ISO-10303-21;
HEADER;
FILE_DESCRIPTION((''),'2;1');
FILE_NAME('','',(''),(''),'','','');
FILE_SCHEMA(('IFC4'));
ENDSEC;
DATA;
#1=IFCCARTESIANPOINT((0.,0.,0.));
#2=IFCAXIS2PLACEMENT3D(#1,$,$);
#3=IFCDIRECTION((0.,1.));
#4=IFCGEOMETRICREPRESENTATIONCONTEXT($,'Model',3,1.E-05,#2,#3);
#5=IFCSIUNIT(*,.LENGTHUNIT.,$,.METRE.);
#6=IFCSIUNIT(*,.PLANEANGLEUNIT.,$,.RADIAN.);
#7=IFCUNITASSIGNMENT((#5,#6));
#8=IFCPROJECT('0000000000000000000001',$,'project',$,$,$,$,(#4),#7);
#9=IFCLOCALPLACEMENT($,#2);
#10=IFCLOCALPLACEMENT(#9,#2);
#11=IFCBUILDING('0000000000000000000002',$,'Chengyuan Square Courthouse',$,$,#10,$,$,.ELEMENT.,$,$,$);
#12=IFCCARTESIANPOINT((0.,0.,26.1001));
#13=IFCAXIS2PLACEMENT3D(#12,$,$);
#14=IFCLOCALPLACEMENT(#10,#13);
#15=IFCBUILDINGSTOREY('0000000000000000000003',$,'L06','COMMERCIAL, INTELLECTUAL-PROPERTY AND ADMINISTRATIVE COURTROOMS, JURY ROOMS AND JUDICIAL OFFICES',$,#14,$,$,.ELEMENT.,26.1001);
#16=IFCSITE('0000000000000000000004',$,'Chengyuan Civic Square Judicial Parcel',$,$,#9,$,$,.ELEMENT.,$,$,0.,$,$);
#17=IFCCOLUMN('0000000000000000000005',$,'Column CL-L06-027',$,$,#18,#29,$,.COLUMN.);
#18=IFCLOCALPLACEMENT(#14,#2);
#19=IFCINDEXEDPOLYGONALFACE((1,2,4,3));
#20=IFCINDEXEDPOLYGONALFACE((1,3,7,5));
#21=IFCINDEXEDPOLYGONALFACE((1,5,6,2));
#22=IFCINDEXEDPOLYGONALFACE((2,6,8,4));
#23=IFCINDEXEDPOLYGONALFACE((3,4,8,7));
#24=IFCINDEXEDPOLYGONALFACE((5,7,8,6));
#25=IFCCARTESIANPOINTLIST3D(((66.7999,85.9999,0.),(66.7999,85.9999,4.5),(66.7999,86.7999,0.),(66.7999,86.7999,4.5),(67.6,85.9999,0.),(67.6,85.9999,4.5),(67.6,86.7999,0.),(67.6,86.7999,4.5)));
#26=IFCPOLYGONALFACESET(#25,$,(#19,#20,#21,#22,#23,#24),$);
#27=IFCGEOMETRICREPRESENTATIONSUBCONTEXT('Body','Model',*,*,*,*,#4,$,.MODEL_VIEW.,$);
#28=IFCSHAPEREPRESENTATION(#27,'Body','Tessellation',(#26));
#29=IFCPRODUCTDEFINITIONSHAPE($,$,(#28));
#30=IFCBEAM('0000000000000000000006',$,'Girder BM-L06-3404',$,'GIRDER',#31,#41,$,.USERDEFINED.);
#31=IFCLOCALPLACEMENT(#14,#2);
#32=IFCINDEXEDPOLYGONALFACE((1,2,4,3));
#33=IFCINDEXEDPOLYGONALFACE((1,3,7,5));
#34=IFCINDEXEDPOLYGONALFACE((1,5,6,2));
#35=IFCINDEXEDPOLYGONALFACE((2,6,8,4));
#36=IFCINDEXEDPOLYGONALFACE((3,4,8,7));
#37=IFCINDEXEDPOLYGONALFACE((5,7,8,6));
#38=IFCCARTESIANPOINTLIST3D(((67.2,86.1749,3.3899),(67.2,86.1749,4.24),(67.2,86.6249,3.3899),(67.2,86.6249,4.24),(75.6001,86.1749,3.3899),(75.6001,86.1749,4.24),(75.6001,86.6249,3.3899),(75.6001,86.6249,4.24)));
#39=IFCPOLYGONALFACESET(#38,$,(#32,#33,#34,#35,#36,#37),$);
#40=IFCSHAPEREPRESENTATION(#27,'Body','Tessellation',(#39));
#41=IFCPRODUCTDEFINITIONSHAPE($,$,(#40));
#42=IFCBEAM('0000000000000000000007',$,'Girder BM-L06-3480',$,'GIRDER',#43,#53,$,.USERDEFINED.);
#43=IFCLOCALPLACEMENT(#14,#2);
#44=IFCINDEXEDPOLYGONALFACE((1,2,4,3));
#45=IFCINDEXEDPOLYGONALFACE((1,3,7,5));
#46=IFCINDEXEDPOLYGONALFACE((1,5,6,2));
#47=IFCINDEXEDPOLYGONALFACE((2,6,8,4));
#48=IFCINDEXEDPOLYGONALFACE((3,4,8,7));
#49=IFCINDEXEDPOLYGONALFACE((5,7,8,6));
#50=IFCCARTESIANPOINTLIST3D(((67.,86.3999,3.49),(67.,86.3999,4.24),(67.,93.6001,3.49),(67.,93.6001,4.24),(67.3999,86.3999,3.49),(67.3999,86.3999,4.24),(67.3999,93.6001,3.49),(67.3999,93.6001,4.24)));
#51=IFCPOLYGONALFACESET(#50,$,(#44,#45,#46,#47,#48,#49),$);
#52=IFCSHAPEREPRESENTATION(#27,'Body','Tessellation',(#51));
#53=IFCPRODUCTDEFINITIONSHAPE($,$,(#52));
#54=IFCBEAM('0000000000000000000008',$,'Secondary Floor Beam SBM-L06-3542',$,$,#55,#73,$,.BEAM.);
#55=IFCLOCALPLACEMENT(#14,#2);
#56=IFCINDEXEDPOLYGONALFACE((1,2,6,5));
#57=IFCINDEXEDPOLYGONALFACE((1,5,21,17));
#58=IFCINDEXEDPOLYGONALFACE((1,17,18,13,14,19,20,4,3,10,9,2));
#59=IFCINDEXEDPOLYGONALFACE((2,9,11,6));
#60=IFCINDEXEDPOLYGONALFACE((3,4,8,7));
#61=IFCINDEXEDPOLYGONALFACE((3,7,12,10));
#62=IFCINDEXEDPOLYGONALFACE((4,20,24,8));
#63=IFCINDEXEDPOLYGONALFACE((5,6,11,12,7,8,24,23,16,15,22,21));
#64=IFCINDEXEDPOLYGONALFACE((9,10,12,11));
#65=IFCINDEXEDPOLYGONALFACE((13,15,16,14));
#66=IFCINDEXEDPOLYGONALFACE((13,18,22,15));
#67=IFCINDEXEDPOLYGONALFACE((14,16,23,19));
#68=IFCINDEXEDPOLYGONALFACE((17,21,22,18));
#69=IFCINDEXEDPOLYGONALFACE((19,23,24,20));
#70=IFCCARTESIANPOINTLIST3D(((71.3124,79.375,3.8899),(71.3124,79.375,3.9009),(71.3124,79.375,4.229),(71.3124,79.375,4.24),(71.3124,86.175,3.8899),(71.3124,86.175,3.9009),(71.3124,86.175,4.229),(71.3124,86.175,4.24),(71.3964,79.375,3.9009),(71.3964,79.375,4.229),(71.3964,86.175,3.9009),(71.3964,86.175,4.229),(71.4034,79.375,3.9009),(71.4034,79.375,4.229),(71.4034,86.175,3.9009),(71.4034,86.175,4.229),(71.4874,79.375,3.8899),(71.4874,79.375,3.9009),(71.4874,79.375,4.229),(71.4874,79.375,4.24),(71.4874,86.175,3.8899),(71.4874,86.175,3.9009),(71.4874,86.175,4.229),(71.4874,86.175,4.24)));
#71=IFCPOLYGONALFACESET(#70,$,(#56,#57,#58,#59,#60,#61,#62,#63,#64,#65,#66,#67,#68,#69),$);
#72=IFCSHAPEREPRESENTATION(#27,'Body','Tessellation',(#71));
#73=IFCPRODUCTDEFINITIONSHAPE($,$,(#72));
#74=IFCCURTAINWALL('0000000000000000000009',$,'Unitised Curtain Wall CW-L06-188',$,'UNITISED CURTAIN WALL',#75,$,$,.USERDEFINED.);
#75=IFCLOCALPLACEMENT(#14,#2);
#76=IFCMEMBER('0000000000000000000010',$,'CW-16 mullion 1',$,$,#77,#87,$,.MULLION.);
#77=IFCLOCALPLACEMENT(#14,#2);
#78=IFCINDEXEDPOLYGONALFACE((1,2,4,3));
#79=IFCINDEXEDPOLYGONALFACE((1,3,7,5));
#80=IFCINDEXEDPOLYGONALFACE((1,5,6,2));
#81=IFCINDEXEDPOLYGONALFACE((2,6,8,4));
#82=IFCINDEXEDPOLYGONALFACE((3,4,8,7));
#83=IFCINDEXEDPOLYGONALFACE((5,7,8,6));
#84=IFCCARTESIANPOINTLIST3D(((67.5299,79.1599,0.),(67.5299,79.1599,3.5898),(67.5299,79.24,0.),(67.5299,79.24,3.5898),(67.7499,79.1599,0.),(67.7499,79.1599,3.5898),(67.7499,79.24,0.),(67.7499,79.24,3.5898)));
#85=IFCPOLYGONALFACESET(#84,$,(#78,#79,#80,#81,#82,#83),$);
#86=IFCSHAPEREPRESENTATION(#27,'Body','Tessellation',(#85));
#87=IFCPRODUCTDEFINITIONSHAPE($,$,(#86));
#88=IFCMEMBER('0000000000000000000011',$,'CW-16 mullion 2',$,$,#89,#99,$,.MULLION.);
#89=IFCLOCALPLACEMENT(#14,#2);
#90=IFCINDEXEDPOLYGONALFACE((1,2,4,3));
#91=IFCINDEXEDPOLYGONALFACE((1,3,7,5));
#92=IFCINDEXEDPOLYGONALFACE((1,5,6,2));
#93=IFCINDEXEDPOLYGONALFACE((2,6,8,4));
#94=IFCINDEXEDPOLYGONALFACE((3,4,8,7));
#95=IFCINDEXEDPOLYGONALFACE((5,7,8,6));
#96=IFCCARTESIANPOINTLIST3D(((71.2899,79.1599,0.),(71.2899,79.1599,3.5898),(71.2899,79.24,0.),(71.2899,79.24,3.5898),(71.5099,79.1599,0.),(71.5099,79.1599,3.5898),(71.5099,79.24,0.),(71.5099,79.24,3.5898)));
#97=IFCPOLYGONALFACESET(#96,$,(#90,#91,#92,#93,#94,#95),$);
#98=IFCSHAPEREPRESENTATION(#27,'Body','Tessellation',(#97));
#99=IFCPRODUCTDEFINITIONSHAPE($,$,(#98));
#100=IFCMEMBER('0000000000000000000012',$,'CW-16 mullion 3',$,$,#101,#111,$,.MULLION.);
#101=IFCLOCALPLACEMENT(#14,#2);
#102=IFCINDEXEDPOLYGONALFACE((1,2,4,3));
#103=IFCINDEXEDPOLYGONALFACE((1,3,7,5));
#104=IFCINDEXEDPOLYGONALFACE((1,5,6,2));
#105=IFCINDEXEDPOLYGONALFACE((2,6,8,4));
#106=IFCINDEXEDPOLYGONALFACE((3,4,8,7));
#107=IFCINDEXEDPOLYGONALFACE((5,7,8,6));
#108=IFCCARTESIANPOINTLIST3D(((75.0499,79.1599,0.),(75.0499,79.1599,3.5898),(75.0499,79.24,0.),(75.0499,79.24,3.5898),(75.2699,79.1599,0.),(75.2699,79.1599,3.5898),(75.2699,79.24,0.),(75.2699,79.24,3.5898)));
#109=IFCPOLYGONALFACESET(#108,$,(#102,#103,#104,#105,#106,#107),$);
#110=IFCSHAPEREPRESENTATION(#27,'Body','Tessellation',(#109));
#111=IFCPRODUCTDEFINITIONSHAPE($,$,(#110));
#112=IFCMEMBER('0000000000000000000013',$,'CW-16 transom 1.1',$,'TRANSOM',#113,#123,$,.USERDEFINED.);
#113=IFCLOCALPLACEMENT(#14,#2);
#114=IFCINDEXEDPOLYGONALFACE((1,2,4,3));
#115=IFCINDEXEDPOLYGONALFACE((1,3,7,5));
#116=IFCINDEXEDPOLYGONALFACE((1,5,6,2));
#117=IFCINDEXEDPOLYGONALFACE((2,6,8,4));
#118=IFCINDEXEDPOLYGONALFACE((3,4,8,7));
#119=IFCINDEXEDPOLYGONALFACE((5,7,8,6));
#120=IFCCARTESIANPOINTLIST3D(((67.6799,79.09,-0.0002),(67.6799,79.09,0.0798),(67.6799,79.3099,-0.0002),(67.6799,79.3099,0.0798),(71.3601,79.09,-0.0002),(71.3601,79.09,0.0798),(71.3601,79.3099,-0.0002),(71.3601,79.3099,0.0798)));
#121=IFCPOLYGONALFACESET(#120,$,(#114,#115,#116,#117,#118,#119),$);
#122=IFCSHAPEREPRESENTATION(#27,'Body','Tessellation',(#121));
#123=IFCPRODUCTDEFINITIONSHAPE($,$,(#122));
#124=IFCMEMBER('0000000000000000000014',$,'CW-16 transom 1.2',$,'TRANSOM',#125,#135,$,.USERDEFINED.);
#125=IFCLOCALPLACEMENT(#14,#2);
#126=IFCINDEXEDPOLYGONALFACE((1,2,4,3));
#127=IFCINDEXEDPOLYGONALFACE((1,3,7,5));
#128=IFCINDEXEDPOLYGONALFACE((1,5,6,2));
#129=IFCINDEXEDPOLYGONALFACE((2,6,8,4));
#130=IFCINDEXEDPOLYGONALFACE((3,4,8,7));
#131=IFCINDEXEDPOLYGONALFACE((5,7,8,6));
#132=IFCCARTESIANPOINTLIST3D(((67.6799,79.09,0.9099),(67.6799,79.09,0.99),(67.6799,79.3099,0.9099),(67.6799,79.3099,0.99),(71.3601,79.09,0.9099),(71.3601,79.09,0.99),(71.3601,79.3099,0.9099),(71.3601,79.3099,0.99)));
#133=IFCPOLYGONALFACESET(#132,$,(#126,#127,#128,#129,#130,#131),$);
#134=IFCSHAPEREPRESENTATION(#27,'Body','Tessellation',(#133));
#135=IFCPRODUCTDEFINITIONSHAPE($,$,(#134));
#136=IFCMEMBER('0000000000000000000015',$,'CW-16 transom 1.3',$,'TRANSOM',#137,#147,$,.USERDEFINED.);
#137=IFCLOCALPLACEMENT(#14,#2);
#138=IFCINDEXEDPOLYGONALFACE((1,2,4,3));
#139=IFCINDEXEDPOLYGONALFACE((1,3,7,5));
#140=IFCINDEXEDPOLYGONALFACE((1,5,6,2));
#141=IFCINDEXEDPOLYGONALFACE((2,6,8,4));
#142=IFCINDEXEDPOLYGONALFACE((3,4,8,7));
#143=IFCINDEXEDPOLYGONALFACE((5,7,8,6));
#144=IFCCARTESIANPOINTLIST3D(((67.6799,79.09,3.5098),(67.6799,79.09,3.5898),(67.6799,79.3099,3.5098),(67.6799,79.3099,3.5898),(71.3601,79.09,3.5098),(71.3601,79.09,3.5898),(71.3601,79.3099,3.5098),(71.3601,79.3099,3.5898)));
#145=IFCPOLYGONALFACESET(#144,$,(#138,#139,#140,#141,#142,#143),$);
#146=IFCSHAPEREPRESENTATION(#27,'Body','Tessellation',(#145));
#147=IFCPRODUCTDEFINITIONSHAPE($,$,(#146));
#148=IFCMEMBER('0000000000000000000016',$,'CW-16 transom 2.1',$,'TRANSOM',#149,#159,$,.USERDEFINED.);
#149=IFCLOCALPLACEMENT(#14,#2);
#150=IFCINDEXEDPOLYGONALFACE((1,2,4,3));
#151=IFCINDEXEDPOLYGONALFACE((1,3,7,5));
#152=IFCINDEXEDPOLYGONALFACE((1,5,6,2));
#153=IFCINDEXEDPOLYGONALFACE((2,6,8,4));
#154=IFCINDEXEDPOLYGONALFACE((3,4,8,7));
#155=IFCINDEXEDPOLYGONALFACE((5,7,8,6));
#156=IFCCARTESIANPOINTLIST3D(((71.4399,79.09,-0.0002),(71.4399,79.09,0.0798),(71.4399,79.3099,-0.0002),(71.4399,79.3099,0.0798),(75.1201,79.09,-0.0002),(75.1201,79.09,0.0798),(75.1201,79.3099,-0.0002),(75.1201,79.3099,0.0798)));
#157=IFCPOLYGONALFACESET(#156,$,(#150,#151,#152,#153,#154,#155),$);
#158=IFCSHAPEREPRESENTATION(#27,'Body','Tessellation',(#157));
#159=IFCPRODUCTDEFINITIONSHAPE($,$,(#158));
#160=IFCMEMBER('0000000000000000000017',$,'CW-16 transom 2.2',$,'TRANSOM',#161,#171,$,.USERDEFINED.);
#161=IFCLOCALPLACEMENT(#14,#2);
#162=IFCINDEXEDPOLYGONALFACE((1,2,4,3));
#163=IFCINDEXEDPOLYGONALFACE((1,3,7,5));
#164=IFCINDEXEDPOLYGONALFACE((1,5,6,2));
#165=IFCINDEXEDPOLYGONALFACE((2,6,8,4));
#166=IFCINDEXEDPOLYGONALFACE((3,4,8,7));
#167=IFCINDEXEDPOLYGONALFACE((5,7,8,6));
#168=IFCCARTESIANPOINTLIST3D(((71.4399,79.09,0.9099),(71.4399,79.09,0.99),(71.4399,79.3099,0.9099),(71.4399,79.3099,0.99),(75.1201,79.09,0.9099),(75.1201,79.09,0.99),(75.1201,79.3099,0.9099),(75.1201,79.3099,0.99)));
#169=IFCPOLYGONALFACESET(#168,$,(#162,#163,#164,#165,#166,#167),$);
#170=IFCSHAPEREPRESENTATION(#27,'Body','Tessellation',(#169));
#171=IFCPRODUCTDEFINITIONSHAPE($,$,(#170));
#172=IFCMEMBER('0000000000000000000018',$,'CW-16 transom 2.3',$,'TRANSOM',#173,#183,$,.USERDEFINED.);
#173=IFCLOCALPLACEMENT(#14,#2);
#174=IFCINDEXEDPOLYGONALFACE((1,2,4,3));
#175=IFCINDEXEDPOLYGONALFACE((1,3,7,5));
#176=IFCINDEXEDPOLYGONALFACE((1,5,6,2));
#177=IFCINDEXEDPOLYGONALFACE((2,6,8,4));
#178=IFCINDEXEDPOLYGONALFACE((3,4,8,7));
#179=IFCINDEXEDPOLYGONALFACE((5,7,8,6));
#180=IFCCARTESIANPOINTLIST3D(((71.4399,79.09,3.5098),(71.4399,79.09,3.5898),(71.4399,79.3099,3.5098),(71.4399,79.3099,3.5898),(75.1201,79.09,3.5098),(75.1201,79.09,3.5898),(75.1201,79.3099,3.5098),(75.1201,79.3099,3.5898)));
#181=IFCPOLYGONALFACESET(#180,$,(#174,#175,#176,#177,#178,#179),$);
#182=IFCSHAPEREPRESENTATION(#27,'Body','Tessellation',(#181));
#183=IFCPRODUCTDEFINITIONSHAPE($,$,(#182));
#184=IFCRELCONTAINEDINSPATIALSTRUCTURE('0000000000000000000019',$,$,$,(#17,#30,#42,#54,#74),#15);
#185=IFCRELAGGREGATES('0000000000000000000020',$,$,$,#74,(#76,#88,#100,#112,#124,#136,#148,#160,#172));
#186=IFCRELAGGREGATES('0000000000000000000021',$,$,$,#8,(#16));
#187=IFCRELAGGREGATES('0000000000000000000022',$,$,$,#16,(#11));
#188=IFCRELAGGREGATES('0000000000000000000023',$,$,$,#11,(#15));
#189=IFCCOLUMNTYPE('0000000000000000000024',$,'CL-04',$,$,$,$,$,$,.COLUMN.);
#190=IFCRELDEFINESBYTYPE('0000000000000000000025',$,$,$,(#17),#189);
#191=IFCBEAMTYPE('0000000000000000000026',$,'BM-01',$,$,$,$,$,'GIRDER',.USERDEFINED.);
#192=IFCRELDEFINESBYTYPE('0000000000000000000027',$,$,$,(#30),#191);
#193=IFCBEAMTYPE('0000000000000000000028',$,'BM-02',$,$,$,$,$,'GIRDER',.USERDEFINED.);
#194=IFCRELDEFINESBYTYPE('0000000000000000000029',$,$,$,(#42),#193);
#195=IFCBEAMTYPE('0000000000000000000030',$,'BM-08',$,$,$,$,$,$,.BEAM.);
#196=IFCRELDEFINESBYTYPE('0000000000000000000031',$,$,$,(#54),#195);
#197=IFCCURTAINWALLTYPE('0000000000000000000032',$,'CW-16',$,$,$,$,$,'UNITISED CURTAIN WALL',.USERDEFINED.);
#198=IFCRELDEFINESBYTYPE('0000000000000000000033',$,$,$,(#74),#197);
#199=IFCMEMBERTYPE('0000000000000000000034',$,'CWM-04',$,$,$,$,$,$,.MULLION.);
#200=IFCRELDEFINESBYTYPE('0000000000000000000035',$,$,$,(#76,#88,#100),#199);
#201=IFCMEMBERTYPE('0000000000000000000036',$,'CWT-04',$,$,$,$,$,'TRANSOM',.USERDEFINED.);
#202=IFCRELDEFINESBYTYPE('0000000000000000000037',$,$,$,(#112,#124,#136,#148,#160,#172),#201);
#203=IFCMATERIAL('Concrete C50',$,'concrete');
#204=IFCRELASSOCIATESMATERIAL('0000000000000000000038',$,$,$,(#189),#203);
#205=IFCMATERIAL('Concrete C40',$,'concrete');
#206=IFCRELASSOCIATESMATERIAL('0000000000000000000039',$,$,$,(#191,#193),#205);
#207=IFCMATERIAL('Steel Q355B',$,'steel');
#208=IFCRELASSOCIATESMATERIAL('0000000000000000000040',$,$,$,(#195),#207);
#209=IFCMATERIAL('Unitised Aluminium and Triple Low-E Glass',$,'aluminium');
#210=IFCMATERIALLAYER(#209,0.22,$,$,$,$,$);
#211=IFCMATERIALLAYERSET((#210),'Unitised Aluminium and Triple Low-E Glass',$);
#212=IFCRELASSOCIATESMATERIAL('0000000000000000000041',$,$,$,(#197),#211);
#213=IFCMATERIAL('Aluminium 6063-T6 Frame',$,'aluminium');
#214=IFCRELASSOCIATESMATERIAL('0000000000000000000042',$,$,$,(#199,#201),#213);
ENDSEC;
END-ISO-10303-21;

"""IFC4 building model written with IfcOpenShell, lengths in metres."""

from ifc_helpers import new_model, si_unit, direction, frame, origin, origin_2d, place, context, subcontext, project, spatial, rectangle, i_section, extrude, material, layer, layer_set, material_profile, profile_set, type_object, element, aggregate, save


model = new_model("IFC4")

# Units and contexts
model_context = context("Model", 3, precision=1e-05, world=origin(), true_north=direction((0.0, 1.0)))
body_context = subcontext(model_context, "Body", "Model", "MODEL_VIEW")
ifc_project = project(units=[si_unit("LENGTHUNIT", "METRE"), si_unit("PLANEANGLEUNIT", "RADIAN")], contexts=[model_context])

# Site, building, storey
site_placement = place(None, origin())
site = spatial("IfcSite", under=ifc_project, at=site_placement, Name="Chengyuan Civic Square Judicial Parcel", CompositionType="ELEMENT", RefElevation=0.0)
building_placement = place(site_placement, origin())
building = spatial("IfcBuilding", under=site, at=building_placement, Name="Chengyuan Square Courthouse", CompositionType="ELEMENT")
storey_placement = place(building_placement, frame((0.0, 0.0, 26.1001)))
storey = spatial("IfcBuildingStorey", under=building, at=storey_placement, Name="L06", Description="COMMERCIAL, INTELLECTUAL-PROPERTY AND ADMINISTRATIVE COURTROOMS, JURY ROOMS AND JUDICIAL OFFICES", CompositionType="ELEMENT", Elevation=26.1001)

# Column
ifc_material_1 = material(Name="Concrete C50", Category="concrete")
ifc_material_profile_1 = material_profile(ifc_material_1, rectangle(XDim=0.8, YDim=0.8, at=origin_2d()), Name="RC-COL-800x800")
ifc_profile_set_1 = profile_set([ifc_material_profile_1], Name="Concrete C50")
column_type = type_object("IfcColumnType", Name="CL-04", PredefinedType="COLUMN", material=ifc_profile_set_1)
column_placement = place(storey_placement, frame((67.2, 86.3999, 0.0), z_axis=(0.0, 0.0, 1.0), x_axis=(1.0, 0.0, 0.0)))
element("IfcColumn", 1, at=column_placement, inside=storey, type_object=column_type, Name="Column CL-L06-027", PredefinedType="COLUMN", context=body_context, shape_type="SweptSolid", body=[
    extrude(rectangle(XDim=0.8, YDim=0.8, at=origin_2d()), origin(), (0.0, 0.0, 1.0), 4.5),
])

# Beams
ifc_material_2 = material(Name="Concrete C40", Category="concrete")
ifc_material_profile_2 = material_profile(ifc_material_2, rectangle(XDim=0.45, YDim=0.8501, at=origin_2d()), Name="RC-BM-450x850")
ifc_profile_set_2 = profile_set([ifc_material_profile_2], Name="Concrete C40")
beam_type_1 = type_object("IfcBeamType", Name="BM-01", ElementType="GIRDER", PredefinedType="USERDEFINED", material=ifc_profile_set_2)
beam_1_placement = place(storey_placement, frame((67.2, 86.3999, 3.8149), z_axis=(1.0, 0.0, 0.0), x_axis=(0.0, 1.0, 0.0)))
element("IfcBeam", 2, at=beam_1_placement, inside=storey, type_object=beam_type_1, Name="Girder BM-L06-3404", ObjectType="GIRDER", PredefinedType="USERDEFINED", context=body_context, shape_type="SweptSolid", body=[
    extrude(rectangle(XDim=0.45, YDim=0.8501, at=origin_2d()), origin(), (0.0, 0.0, 1.0), 8.4001),
])
ifc_material_profile_3 = material_profile(ifc_material_2, rectangle(XDim=0.3999, YDim=0.75, at=origin_2d()), Name="RC-BM-400x750")
ifc_profile_set_3 = profile_set([ifc_material_profile_3], Name="Concrete C40")
beam_type_2 = type_object("IfcBeamType", Name="BM-02", ElementType="GIRDER", PredefinedType="USERDEFINED", material=ifc_profile_set_3)
beam_2_placement = place(storey_placement, frame((67.2, 86.3999, 3.865), z_axis=(0.0, 1.0, 0.0), x_axis=(-1.0, 0.0, 0.0)))
element("IfcBeam", 3, at=beam_2_placement, inside=storey, type_object=beam_type_2, Name="Girder BM-L06-3480", ObjectType="GIRDER", PredefinedType="USERDEFINED", context=body_context, shape_type="SweptSolid", body=[
    extrude(rectangle(XDim=0.3999, YDim=0.75, at=origin_2d()), origin(), (0.0, 0.0, 1.0), 7.2002),
])
ifc_material_3 = material(Name="Steel Q355B", Category="steel")
ifc_material_profile_4 = material_profile(ifc_material_3, i_section(OverallWidth=0.175, OverallDepth=0.3501, WebThickness=0.0071, FlangeThickness=0.011, at=origin_2d()), Name="HN 350x175x7x11")
ifc_profile_set_4 = profile_set([ifc_material_profile_4], Name="Steel Q355B")
beam_type_3 = type_object("IfcBeamType", Name="BM-08", PredefinedType="BEAM", material=ifc_profile_set_4)
beam_3_placement = place(storey_placement, frame((71.3999, 79.375, 4.0649), z_axis=(0.0, 1.0, 0.0), x_axis=(-1.0, 0.0, 0.0)))
element("IfcBeam", 4, at=beam_3_placement, inside=storey, type_object=beam_type_3, Name="Secondary Floor Beam SBM-L06-3542", PredefinedType="BEAM", context=body_context, shape_type="SweptSolid", body=[
    extrude(i_section(OverallWidth=0.175, OverallDepth=0.3501, WebThickness=0.0071, FlangeThickness=0.011, at=origin_2d()), origin(), (0.0, 0.0, 1.0), 6.8),
])

# Curtain wall, members
ifc_material_4 = material(Name="Unitised Aluminium and Triple Low-E Glass", Category="aluminium")
ifc_layer_1 = layer(ifc_material_4, 0.22)
ifc_layer_set_1 = layer_set([ifc_layer_1], Name="Unitised Aluminium and Triple Low-E Glass")
curtain_wall_type = type_object("IfcCurtainWallType", Name="CW-16", ElementType="UNITISED CURTAIN WALL", PredefinedType="USERDEFINED", material=ifc_layer_set_1)
curtain_wall_placement = place(storey_placement, origin())
curtain_wall = element("IfcCurtainWall", 5, at=curtain_wall_placement, inside=storey, type_object=curtain_wall_type, Name="Unitised Curtain Wall CW-L06-188", ObjectType="UNITISED CURTAIN WALL", PredefinedType="USERDEFINED")
ifc_material_5 = material(Name="Aluminium 6063-T6 Frame", Category="aluminium")
ifc_material_profile_5 = material_profile(ifc_material_5, rectangle(XDim=0.0801, YDim=0.22, at=origin_2d()), Name="CW-MUL-80x220")
ifc_profile_set_5 = profile_set([ifc_material_profile_5], Name="Aluminium 6063-T6 Frame")
member_type_1 = type_object("IfcMemberType", Name="CWM-04", PredefinedType="MULLION", material=ifc_profile_set_5)
member_1_placement = place(storey_placement, frame((67.6399, 79.2, 0.0), z_axis=(0.0, 0.0, 1.0), x_axis=(0.0, 1.0, 0.0)))
member_1 = element("IfcMember", 6, at=member_1_placement, type_object=member_type_1, Name="CW-16 mullion 1", PredefinedType="MULLION", context=body_context, shape_type="SweptSolid", body=[
    extrude(rectangle(XDim=0.0801, YDim=0.22, at=origin_2d()), origin(), (0.0, 0.0, 1.0), 3.5898),
])
member_2_placement = place(storey_placement, frame((71.3999, 79.2, 0.0), z_axis=(0.0, 0.0, 1.0), x_axis=(0.0, 1.0, 0.0)))
member_2 = element("IfcMember", 7, at=member_2_placement, type_object=member_type_1, Name="CW-16 mullion 2", PredefinedType="MULLION", context=body_context, shape_type="SweptSolid", body=[
    extrude(rectangle(XDim=0.0801, YDim=0.22, at=origin_2d()), origin(), (0.0, 0.0, 1.0), 3.5898),
])
member_3_placement = place(storey_placement, frame((75.1599, 79.2, 0.0), z_axis=(0.0, 0.0, 1.0), x_axis=(0.0, 1.0, 0.0)))
member_3 = element("IfcMember", 8, at=member_3_placement, type_object=member_type_1, Name="CW-16 mullion 3", PredefinedType="MULLION", context=body_context, shape_type="SweptSolid", body=[
    extrude(rectangle(XDim=0.0801, YDim=0.22, at=origin_2d()), origin(), (0.0, 0.0, 1.0), 3.5898),
])
ifc_material_profile_6 = material_profile(ifc_material_5, rectangle(XDim=0.22, YDim=0.0801, at=origin_2d()), Name="CW-TRN-80x180")
ifc_profile_set_6 = profile_set([ifc_material_profile_6], Name="Aluminium 6063-T6 Frame")
member_type_2 = type_object("IfcMemberType", Name="CWT-04", ElementType="TRANSOM", PredefinedType="USERDEFINED", material=ifc_profile_set_6)
member_4_placement = place(storey_placement, frame((67.6799, 79.2, 0.0398), z_axis=(1.0, 0.0, 0.0), x_axis=(0.0, 1.0, 0.0)))
member_4 = element("IfcMember", 9, at=member_4_placement, type_object=member_type_2, Name="CW-16 transom 1.1", ObjectType="TRANSOM", PredefinedType="USERDEFINED", context=body_context, shape_type="SweptSolid", body=[
    extrude(rectangle(XDim=0.22, YDim=0.0801, at=origin_2d()), origin(), (0.0, 0.0, 1.0), 3.6802),
])
member_5_placement = place(storey_placement, frame((67.6799, 79.2, 0.95), z_axis=(1.0, 0.0, 0.0), x_axis=(0.0, 1.0, 0.0)))
member_5 = element("IfcMember", 10, at=member_5_placement, type_object=member_type_2, Name="CW-16 transom 1.2", ObjectType="TRANSOM", PredefinedType="USERDEFINED", context=body_context, shape_type="SweptSolid", body=[
    extrude(rectangle(XDim=0.22, YDim=0.0801, at=origin_2d()), origin(), (0.0, 0.0, 1.0), 3.6802),
])
member_6_placement = place(storey_placement, frame((67.6799, 79.2, 3.5498), z_axis=(1.0, 0.0, 0.0), x_axis=(0.0, 1.0, 0.0)))
member_6 = element("IfcMember", 11, at=member_6_placement, type_object=member_type_2, Name="CW-16 transom 1.3", ObjectType="TRANSOM", PredefinedType="USERDEFINED", context=body_context, shape_type="SweptSolid", body=[
    extrude(rectangle(XDim=0.22, YDim=0.0801, at=origin_2d()), origin(), (0.0, 0.0, 1.0), 3.6802),
])
member_7_placement = place(storey_placement, frame((71.4399, 79.2, 0.0398), z_axis=(1.0, 0.0, 0.0), x_axis=(0.0, 1.0, 0.0)))
member_7 = element("IfcMember", 12, at=member_7_placement, type_object=member_type_2, Name="CW-16 transom 2.1", ObjectType="TRANSOM", PredefinedType="USERDEFINED", context=body_context, shape_type="SweptSolid", body=[
    extrude(rectangle(XDim=0.22, YDim=0.0801, at=origin_2d()), origin(), (0.0, 0.0, 1.0), 3.6802),
])
member_8_placement = place(storey_placement, frame((71.4399, 79.2, 0.95), z_axis=(1.0, 0.0, 0.0), x_axis=(0.0, 1.0, 0.0)))
member_8 = element("IfcMember", 13, at=member_8_placement, type_object=member_type_2, Name="CW-16 transom 2.2", ObjectType="TRANSOM", PredefinedType="USERDEFINED", context=body_context, shape_type="SweptSolid", body=[
    extrude(rectangle(XDim=0.22, YDim=0.0801, at=origin_2d()), origin(), (0.0, 0.0, 1.0), 3.6802),
])
member_9_placement = place(storey_placement, frame((71.4399, 79.2, 3.5498), z_axis=(1.0, 0.0, 0.0), x_axis=(0.0, 1.0, 0.0)))
member_9 = element("IfcMember", 14, at=member_9_placement, type_object=member_type_2, Name="CW-16 transom 2.3", ObjectType="TRANSOM", PredefinedType="USERDEFINED", context=body_context, shape_type="SweptSolid", body=[
    extrude(rectangle(XDim=0.22, YDim=0.0801, at=origin_2d()), origin(), (0.0, 0.0, 1.0), 3.6802),
])
aggregate(curtain_wall, [member_1, member_2, member_3, member_4, member_5, member_6, member_7, member_8, member_9])

save(model, "model.ifc")
